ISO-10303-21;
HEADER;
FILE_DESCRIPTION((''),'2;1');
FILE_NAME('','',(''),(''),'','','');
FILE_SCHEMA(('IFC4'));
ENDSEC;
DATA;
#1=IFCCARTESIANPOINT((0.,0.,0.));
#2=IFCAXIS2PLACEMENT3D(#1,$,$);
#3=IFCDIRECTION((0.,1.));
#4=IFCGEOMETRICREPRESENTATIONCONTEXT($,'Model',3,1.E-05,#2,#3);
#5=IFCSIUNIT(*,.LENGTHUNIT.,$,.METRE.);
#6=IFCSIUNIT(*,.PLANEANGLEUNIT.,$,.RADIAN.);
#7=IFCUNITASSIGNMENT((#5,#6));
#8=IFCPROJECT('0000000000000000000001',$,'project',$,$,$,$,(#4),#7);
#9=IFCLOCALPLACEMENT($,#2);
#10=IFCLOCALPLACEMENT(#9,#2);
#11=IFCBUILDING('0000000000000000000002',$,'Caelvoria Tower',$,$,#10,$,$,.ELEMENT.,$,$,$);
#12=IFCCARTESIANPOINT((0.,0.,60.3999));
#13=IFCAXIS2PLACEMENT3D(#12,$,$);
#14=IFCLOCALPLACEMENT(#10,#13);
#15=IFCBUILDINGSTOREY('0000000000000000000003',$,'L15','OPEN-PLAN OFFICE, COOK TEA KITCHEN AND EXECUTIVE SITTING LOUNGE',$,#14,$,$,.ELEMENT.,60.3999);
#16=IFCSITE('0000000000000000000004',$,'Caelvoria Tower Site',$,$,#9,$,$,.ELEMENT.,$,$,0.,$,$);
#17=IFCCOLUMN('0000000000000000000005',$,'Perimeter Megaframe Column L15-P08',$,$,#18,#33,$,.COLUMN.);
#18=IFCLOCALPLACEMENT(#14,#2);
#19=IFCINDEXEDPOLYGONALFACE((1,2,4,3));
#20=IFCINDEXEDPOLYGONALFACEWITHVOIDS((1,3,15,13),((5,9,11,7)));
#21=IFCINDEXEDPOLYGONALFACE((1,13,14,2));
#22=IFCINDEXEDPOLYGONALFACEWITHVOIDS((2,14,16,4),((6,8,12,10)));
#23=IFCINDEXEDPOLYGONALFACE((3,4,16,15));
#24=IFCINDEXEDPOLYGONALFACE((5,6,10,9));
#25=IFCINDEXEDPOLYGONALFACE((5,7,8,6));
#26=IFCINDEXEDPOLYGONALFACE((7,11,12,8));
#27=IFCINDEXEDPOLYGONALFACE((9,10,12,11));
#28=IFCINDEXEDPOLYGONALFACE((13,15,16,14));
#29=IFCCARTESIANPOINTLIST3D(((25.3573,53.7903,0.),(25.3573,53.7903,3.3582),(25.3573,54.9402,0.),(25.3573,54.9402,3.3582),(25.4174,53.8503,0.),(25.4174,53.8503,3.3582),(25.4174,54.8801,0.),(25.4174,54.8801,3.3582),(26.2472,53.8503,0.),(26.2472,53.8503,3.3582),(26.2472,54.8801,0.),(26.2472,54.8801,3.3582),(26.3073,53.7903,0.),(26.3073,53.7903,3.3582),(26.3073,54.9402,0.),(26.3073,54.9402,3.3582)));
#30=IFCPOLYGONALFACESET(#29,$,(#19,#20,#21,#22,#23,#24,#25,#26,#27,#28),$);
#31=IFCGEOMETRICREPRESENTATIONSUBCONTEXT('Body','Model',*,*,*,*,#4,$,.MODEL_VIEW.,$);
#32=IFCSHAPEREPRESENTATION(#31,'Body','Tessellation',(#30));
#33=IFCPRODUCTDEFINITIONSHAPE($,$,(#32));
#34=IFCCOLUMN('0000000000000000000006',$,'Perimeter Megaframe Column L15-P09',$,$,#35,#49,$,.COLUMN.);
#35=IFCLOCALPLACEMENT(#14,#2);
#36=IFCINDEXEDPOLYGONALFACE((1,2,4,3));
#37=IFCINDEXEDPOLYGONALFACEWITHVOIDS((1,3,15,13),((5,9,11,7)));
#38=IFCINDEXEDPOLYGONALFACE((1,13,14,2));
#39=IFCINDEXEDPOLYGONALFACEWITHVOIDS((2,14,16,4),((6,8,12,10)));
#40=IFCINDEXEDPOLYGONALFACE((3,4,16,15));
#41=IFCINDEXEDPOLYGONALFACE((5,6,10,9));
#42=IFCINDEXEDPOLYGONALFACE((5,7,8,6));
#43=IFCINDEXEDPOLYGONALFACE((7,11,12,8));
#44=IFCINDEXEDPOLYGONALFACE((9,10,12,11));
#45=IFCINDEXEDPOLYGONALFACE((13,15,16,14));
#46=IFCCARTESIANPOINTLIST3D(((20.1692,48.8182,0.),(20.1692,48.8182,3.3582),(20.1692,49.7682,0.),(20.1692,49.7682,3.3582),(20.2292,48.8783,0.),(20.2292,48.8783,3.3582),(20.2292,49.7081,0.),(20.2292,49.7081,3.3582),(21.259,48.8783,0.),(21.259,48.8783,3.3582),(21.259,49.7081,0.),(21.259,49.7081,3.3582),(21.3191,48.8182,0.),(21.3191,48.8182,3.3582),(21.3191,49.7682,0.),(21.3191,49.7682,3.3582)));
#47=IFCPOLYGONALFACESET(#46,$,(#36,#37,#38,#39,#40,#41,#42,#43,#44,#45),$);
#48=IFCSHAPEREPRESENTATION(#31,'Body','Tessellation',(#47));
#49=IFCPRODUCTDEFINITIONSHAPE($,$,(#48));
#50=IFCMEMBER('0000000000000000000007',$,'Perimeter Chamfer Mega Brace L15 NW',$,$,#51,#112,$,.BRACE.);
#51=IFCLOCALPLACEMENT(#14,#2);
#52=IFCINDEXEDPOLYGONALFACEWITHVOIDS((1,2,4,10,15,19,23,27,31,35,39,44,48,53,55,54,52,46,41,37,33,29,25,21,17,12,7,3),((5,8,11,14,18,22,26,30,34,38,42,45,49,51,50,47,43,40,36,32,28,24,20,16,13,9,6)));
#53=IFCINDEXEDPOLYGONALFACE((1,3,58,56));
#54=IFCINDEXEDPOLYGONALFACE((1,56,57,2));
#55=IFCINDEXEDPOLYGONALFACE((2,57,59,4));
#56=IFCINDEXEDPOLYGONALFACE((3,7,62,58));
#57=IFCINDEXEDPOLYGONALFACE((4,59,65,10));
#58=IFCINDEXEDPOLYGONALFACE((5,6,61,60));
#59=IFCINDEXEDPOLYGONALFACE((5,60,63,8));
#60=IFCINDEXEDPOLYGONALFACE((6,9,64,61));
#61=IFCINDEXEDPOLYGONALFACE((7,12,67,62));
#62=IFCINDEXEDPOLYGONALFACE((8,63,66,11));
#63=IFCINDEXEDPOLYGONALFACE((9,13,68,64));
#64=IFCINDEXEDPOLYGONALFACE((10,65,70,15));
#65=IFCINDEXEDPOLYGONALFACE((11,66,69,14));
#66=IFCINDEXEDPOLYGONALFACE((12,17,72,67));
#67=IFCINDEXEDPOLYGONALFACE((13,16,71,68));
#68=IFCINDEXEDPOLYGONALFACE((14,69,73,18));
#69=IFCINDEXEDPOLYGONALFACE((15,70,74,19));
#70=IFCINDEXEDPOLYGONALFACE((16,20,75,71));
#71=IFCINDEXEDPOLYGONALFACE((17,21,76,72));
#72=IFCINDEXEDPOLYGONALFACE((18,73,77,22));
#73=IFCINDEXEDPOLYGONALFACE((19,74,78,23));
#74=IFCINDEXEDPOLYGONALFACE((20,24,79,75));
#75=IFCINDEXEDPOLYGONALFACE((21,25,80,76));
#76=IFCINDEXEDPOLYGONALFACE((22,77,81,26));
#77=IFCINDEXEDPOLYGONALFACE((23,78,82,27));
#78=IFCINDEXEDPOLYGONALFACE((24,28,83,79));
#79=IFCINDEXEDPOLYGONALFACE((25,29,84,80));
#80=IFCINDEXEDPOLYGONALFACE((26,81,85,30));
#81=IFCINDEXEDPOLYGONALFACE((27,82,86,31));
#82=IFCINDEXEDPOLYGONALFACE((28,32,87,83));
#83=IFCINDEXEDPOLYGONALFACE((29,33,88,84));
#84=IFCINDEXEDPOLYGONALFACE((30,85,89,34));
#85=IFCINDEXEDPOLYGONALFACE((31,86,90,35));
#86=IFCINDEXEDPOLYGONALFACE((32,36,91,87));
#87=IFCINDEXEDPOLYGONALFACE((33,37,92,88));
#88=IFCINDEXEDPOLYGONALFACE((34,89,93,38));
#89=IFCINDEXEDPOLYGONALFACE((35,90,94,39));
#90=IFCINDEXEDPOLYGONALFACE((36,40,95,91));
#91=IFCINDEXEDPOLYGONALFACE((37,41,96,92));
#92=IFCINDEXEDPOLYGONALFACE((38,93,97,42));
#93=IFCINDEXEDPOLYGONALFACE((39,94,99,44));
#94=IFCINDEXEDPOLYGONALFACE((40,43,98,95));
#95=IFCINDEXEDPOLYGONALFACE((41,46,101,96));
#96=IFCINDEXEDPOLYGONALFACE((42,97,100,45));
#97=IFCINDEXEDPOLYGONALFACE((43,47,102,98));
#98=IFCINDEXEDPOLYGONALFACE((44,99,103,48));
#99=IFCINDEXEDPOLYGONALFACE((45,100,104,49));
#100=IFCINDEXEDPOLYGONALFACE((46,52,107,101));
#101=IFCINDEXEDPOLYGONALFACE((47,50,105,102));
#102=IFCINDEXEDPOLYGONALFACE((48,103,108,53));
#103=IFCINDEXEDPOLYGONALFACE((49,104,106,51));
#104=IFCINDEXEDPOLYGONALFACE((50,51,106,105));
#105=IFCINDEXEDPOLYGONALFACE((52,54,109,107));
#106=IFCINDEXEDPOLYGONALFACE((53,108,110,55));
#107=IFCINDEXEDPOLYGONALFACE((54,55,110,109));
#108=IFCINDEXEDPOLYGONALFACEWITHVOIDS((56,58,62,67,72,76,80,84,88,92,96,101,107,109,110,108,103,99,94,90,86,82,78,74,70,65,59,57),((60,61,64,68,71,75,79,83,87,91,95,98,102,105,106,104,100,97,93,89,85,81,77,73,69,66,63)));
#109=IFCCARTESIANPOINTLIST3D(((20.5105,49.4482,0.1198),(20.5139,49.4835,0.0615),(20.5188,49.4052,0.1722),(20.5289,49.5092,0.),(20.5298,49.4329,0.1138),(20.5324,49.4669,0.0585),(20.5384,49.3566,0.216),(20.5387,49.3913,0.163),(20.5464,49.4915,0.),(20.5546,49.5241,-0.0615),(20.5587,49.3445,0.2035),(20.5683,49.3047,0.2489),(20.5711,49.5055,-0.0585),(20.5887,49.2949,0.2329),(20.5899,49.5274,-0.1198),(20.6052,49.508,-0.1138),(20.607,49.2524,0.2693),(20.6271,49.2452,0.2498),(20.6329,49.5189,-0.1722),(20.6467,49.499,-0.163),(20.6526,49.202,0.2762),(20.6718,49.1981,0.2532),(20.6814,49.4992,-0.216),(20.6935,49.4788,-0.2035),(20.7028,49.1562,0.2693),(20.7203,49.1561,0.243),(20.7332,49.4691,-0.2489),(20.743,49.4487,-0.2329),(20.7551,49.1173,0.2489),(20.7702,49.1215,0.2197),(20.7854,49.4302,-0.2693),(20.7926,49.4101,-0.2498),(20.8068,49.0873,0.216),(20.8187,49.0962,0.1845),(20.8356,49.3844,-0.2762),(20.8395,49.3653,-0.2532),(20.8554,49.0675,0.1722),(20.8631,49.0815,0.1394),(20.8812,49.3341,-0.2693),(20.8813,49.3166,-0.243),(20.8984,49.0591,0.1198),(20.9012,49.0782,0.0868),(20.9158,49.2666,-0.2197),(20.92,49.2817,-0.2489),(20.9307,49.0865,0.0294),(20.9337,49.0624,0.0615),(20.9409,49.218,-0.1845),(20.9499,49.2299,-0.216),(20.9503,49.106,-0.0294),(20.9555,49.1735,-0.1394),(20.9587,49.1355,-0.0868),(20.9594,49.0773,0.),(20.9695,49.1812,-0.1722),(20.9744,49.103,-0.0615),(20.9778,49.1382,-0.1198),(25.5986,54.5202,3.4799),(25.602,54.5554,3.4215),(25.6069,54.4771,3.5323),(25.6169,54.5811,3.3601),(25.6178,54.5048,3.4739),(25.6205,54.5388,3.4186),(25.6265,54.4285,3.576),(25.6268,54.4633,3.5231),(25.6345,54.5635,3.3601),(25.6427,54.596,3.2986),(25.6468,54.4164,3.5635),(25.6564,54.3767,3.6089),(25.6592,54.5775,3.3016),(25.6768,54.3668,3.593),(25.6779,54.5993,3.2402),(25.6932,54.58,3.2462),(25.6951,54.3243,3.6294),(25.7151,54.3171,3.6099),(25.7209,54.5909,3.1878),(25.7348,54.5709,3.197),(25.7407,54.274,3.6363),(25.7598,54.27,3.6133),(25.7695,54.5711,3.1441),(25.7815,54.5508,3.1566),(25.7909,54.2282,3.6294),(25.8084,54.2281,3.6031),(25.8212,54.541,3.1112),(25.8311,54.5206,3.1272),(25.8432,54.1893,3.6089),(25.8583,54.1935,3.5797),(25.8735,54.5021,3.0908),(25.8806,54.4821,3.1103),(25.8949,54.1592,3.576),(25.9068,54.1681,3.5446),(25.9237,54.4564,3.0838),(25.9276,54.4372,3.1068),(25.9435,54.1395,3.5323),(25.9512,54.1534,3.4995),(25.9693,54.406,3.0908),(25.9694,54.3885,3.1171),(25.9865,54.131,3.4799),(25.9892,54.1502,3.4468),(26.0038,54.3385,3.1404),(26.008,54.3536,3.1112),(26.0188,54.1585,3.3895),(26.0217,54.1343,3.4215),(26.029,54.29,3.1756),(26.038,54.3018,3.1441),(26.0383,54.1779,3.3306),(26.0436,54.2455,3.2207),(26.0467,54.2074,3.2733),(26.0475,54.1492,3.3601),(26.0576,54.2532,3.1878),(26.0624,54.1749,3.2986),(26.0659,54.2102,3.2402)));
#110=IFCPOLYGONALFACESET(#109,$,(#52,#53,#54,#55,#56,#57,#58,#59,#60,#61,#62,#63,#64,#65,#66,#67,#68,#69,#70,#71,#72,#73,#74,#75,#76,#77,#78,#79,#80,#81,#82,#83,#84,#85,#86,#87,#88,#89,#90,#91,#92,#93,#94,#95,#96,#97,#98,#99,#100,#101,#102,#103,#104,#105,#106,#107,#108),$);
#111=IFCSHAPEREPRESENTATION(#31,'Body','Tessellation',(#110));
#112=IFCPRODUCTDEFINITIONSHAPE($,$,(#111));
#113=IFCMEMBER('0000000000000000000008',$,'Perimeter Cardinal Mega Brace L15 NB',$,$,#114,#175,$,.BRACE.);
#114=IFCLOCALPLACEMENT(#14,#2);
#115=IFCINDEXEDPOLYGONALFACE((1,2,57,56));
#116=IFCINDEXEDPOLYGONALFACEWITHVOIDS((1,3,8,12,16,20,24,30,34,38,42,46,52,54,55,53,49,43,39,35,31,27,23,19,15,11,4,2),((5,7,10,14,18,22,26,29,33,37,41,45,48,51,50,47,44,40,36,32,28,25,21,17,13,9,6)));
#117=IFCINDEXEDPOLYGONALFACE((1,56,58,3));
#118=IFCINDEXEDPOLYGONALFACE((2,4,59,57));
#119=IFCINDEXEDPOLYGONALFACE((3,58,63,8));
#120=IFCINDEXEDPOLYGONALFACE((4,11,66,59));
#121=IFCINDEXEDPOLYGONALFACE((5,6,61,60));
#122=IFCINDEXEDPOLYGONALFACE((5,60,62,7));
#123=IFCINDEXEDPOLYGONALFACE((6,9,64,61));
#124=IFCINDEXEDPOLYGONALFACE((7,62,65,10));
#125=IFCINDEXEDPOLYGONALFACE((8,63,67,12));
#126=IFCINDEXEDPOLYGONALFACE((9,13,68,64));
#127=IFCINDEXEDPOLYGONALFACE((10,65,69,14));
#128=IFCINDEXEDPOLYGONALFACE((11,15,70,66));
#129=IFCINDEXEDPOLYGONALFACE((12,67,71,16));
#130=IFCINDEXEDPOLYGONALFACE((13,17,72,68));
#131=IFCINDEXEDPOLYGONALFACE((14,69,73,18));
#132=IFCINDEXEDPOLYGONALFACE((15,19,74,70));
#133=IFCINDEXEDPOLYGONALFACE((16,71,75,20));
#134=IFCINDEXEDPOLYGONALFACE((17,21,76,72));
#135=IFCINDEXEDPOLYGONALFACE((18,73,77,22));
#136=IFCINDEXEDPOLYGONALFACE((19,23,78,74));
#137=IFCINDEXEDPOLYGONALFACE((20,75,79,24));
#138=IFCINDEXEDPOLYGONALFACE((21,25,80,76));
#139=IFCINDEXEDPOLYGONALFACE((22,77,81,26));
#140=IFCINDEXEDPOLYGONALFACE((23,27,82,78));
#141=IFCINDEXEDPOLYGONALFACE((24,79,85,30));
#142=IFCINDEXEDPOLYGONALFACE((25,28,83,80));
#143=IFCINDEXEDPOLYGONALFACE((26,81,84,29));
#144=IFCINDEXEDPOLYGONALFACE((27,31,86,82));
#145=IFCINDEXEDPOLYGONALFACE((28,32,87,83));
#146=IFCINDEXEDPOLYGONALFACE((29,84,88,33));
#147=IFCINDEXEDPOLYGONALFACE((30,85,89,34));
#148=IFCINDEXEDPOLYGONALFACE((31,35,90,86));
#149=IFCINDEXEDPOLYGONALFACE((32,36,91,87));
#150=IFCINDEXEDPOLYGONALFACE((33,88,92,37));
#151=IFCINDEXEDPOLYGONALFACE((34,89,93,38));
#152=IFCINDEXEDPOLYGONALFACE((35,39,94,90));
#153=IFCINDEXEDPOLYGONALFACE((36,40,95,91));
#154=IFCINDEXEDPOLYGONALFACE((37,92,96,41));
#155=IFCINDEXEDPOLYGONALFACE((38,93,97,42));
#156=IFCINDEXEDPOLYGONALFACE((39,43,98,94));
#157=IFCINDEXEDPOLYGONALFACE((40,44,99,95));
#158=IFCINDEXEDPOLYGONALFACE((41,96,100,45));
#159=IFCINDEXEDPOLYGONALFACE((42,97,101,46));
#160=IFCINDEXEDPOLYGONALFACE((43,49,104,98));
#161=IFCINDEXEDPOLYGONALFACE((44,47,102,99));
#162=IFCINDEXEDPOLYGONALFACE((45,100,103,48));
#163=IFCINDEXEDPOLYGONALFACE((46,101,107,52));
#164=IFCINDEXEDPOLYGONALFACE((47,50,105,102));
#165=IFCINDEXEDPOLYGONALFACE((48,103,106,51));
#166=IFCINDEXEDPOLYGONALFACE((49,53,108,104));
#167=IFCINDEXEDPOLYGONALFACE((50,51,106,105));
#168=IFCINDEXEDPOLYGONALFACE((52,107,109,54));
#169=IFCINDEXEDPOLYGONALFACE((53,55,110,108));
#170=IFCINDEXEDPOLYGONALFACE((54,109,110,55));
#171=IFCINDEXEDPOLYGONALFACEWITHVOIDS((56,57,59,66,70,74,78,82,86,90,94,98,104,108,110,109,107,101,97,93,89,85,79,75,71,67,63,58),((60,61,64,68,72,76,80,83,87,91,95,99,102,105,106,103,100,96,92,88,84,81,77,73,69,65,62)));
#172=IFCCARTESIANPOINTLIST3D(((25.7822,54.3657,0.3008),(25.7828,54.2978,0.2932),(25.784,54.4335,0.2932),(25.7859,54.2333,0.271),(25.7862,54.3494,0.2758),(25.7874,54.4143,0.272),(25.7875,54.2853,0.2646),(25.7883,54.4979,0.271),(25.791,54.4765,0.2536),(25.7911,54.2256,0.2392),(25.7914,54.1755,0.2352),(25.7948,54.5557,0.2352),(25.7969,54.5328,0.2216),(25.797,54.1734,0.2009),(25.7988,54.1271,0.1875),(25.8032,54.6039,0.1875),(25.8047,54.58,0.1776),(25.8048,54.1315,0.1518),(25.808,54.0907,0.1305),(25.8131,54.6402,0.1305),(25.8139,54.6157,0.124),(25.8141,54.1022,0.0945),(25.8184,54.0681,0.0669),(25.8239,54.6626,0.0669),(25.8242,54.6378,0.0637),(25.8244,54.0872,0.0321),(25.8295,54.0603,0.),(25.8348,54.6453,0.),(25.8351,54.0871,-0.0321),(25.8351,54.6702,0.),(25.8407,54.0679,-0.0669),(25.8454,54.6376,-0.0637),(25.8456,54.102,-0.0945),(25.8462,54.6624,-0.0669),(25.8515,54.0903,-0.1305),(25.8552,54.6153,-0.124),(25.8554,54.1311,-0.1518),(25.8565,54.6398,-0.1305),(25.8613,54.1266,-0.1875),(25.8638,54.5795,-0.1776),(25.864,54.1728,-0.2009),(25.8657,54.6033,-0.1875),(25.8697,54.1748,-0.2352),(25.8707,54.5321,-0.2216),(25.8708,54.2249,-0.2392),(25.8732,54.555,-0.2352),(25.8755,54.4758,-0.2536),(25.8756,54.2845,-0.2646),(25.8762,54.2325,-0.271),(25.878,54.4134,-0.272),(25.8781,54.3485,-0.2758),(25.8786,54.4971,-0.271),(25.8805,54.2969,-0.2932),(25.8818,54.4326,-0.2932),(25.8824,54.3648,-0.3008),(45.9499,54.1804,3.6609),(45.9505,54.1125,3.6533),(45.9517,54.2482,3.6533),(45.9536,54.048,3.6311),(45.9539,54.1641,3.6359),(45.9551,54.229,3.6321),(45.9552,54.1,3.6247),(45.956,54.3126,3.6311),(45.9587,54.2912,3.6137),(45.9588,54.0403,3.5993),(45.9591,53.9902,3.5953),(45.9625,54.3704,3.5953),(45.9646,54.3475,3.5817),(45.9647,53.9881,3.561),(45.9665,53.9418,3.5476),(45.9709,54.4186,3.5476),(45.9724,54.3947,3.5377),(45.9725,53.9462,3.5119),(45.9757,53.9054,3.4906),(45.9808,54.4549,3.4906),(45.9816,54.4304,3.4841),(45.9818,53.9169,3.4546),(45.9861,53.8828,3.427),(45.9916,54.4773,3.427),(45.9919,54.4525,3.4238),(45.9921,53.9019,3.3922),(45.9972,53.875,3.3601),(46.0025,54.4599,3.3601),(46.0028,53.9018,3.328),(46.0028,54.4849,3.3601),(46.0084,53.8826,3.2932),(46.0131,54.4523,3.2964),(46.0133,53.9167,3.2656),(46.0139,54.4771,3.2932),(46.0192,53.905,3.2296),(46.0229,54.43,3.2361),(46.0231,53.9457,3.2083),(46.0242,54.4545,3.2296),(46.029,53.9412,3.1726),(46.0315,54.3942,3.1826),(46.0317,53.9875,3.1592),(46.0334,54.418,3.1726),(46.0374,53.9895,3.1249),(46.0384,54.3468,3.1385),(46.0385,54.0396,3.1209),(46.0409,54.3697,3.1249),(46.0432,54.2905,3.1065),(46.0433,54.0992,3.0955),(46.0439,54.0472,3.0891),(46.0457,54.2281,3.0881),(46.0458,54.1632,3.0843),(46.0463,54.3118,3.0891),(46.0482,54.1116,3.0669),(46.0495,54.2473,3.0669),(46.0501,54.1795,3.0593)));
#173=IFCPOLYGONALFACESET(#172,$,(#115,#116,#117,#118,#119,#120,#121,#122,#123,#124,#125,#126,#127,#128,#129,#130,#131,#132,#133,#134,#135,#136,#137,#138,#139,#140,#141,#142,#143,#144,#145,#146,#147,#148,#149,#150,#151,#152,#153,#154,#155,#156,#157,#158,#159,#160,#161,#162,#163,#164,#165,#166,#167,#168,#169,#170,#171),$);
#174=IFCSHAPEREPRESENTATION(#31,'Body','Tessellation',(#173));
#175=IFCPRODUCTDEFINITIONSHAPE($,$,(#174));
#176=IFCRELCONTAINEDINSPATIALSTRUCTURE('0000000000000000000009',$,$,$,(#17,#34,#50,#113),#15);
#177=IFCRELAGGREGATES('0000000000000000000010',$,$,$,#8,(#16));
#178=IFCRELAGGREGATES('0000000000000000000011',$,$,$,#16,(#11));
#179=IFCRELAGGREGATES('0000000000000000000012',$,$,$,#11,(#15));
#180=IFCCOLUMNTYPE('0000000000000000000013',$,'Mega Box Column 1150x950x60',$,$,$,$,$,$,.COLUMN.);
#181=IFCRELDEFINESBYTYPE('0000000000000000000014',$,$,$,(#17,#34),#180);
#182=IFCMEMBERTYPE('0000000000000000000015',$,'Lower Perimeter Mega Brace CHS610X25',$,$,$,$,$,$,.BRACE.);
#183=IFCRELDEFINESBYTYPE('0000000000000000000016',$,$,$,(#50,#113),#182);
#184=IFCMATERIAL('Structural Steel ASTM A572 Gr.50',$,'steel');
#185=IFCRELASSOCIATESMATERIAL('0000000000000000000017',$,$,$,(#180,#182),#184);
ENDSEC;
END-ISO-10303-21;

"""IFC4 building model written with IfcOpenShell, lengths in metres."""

from ifc_helpers import new_model, si_unit, direction, frame, origin, origin_2d, place, context, subcontext, project, spatial, hollow_rectangle, hollow_circle, extrude, material, material_profile, profile_set, type_object, element, save


model = new_model("IFC4")

# Units and contexts
model_context = context("Model", 3, precision=1e-05, world=origin(), true_north=direction((0.0, 1.0)))
body_context = subcontext(model_context, "Body", "Model", "MODEL_VIEW")
ifc_project = project(units=[si_unit("LENGTHUNIT", "METRE"), si_unit("PLANEANGLEUNIT", "RADIAN")], contexts=[model_context])

# Site, building, storey
site_placement = place(None, origin())
site = spatial("IfcSite", under=ifc_project, at=site_placement, Name="Caelvoria Tower Site", CompositionType="ELEMENT", RefElevation=0.0)
building_placement = place(site_placement, origin())
building = spatial("IfcBuilding", under=site, at=building_placement, Name="Caelvoria Tower", CompositionType="ELEMENT")
storey_placement = place(building_placement, frame((0.0, 0.0, 60.3999)))
storey = spatial("IfcBuildingStorey", under=building, at=storey_placement, Name="L15", Description="OPEN-PLAN OFFICE, COOK TEA KITCHEN AND EXECUTIVE SITTING LOUNGE", CompositionType="ELEMENT", Elevation=60.3999)

# Columns
ifc_material_1 = material(Name="Structural Steel ASTM A572 Gr.50", Category="steel")
ifc_material_profile_1 = material_profile(ifc_material_1, hollow_rectangle(XDim=0.95, YDim=1.1499, WallThickness=0.0601, at=origin_2d()), Name="Structural Steel ASTM A572 Gr.50")
ifc_profile_set_1 = profile_set([ifc_material_profile_1], Name="BOX1150X950X60 - Structural Steel ASTM A572 Gr.50")
column_type = type_object("IfcColumnType", Name="Mega Box Column 1150x950x60", PredefinedType="COLUMN", material=ifc_profile_set_1)
for number, where, z_axis, x_axis, name in (
    (1, (25.8323, 54.3652, 0.0), (0.0, 0.0, 1.0), (1.0, 0.0, 0.0), "Perimeter Megaframe Column L15-P08"),
    (2, (20.7441, 49.2932, 0.0), (0.0, 0.0, 1.0), (0.0, 1.0, 0.0), "Perimeter Megaframe Column L15-P09"),
):
    element("IfcColumn", number, at=place(storey_placement, frame(where, z_axis=z_axis, x_axis=x_axis)), inside=storey, type_object=column_type, Name=name, PredefinedType="COLUMN", context=body_context, shape_type="SweptSolid", body=[
        extrude(hollow_rectangle(XDim=0.95, YDim=1.1499, WallThickness=0.0601, at=origin_2d()), origin(), (0.0, 0.0, 1.0), 3.3582),
    ])

# Members
ifc_material_profile_2 = material_profile(ifc_material_1, hollow_circle(Radius=0.3049, WallThickness=0.0249, at=origin_2d()), Name="Structural Steel ASTM A572 Gr.50")
ifc_profile_set_2 = profile_set([ifc_material_profile_2], Name="CHS610X25 - Structural Steel ASTM A572 Gr.50")
member_type = type_object("IfcMemberType", Name="Lower Perimeter Mega Brace CHS610X25", PredefinedType="BRACE", material=ifc_profile_set_2)
member_1_placement = place(storey_placement, frame((20.7441, 49.2932, 0.0), z_axis=(0.641529, 0.639498, 0.423654), x_axis=(-0.705984, 0.708227, 0.0)))
element("IfcMember", 3, at=member_1_placement, inside=storey, type_object=member_type, Name="Perimeter Chamfer Mega Brace L15 NW", PredefinedType="BRACE", context=body_context, shape_type="SweptSolid", body=[
    extrude(hollow_circle(Radius=0.3049, WallThickness=0.0249, at=origin_2d()), origin(), (0.0, 0.0, 1.0), 7.9312),
])
member_2_placement = place(storey_placement, frame((25.8323, 54.3652, 0.0), z_axis=(0.986363, -0.009063, 0.164336), x_axis=(0.009188, 0.999958, 0.0)))
element("IfcMember", 4, at=member_2_placement, inside=storey, type_object=member_type, Name="Perimeter Cardinal Mega Brace L15 NB", PredefinedType="BRACE", context=body_context, shape_type="SweptSolid", body=[
    extrude(hollow_circle(Radius=0.3049, WallThickness=0.0249, at=origin_2d()), origin(), (0.0, 0.0, 1.0), 20.4465),
])

save(model, "model.ifc")
